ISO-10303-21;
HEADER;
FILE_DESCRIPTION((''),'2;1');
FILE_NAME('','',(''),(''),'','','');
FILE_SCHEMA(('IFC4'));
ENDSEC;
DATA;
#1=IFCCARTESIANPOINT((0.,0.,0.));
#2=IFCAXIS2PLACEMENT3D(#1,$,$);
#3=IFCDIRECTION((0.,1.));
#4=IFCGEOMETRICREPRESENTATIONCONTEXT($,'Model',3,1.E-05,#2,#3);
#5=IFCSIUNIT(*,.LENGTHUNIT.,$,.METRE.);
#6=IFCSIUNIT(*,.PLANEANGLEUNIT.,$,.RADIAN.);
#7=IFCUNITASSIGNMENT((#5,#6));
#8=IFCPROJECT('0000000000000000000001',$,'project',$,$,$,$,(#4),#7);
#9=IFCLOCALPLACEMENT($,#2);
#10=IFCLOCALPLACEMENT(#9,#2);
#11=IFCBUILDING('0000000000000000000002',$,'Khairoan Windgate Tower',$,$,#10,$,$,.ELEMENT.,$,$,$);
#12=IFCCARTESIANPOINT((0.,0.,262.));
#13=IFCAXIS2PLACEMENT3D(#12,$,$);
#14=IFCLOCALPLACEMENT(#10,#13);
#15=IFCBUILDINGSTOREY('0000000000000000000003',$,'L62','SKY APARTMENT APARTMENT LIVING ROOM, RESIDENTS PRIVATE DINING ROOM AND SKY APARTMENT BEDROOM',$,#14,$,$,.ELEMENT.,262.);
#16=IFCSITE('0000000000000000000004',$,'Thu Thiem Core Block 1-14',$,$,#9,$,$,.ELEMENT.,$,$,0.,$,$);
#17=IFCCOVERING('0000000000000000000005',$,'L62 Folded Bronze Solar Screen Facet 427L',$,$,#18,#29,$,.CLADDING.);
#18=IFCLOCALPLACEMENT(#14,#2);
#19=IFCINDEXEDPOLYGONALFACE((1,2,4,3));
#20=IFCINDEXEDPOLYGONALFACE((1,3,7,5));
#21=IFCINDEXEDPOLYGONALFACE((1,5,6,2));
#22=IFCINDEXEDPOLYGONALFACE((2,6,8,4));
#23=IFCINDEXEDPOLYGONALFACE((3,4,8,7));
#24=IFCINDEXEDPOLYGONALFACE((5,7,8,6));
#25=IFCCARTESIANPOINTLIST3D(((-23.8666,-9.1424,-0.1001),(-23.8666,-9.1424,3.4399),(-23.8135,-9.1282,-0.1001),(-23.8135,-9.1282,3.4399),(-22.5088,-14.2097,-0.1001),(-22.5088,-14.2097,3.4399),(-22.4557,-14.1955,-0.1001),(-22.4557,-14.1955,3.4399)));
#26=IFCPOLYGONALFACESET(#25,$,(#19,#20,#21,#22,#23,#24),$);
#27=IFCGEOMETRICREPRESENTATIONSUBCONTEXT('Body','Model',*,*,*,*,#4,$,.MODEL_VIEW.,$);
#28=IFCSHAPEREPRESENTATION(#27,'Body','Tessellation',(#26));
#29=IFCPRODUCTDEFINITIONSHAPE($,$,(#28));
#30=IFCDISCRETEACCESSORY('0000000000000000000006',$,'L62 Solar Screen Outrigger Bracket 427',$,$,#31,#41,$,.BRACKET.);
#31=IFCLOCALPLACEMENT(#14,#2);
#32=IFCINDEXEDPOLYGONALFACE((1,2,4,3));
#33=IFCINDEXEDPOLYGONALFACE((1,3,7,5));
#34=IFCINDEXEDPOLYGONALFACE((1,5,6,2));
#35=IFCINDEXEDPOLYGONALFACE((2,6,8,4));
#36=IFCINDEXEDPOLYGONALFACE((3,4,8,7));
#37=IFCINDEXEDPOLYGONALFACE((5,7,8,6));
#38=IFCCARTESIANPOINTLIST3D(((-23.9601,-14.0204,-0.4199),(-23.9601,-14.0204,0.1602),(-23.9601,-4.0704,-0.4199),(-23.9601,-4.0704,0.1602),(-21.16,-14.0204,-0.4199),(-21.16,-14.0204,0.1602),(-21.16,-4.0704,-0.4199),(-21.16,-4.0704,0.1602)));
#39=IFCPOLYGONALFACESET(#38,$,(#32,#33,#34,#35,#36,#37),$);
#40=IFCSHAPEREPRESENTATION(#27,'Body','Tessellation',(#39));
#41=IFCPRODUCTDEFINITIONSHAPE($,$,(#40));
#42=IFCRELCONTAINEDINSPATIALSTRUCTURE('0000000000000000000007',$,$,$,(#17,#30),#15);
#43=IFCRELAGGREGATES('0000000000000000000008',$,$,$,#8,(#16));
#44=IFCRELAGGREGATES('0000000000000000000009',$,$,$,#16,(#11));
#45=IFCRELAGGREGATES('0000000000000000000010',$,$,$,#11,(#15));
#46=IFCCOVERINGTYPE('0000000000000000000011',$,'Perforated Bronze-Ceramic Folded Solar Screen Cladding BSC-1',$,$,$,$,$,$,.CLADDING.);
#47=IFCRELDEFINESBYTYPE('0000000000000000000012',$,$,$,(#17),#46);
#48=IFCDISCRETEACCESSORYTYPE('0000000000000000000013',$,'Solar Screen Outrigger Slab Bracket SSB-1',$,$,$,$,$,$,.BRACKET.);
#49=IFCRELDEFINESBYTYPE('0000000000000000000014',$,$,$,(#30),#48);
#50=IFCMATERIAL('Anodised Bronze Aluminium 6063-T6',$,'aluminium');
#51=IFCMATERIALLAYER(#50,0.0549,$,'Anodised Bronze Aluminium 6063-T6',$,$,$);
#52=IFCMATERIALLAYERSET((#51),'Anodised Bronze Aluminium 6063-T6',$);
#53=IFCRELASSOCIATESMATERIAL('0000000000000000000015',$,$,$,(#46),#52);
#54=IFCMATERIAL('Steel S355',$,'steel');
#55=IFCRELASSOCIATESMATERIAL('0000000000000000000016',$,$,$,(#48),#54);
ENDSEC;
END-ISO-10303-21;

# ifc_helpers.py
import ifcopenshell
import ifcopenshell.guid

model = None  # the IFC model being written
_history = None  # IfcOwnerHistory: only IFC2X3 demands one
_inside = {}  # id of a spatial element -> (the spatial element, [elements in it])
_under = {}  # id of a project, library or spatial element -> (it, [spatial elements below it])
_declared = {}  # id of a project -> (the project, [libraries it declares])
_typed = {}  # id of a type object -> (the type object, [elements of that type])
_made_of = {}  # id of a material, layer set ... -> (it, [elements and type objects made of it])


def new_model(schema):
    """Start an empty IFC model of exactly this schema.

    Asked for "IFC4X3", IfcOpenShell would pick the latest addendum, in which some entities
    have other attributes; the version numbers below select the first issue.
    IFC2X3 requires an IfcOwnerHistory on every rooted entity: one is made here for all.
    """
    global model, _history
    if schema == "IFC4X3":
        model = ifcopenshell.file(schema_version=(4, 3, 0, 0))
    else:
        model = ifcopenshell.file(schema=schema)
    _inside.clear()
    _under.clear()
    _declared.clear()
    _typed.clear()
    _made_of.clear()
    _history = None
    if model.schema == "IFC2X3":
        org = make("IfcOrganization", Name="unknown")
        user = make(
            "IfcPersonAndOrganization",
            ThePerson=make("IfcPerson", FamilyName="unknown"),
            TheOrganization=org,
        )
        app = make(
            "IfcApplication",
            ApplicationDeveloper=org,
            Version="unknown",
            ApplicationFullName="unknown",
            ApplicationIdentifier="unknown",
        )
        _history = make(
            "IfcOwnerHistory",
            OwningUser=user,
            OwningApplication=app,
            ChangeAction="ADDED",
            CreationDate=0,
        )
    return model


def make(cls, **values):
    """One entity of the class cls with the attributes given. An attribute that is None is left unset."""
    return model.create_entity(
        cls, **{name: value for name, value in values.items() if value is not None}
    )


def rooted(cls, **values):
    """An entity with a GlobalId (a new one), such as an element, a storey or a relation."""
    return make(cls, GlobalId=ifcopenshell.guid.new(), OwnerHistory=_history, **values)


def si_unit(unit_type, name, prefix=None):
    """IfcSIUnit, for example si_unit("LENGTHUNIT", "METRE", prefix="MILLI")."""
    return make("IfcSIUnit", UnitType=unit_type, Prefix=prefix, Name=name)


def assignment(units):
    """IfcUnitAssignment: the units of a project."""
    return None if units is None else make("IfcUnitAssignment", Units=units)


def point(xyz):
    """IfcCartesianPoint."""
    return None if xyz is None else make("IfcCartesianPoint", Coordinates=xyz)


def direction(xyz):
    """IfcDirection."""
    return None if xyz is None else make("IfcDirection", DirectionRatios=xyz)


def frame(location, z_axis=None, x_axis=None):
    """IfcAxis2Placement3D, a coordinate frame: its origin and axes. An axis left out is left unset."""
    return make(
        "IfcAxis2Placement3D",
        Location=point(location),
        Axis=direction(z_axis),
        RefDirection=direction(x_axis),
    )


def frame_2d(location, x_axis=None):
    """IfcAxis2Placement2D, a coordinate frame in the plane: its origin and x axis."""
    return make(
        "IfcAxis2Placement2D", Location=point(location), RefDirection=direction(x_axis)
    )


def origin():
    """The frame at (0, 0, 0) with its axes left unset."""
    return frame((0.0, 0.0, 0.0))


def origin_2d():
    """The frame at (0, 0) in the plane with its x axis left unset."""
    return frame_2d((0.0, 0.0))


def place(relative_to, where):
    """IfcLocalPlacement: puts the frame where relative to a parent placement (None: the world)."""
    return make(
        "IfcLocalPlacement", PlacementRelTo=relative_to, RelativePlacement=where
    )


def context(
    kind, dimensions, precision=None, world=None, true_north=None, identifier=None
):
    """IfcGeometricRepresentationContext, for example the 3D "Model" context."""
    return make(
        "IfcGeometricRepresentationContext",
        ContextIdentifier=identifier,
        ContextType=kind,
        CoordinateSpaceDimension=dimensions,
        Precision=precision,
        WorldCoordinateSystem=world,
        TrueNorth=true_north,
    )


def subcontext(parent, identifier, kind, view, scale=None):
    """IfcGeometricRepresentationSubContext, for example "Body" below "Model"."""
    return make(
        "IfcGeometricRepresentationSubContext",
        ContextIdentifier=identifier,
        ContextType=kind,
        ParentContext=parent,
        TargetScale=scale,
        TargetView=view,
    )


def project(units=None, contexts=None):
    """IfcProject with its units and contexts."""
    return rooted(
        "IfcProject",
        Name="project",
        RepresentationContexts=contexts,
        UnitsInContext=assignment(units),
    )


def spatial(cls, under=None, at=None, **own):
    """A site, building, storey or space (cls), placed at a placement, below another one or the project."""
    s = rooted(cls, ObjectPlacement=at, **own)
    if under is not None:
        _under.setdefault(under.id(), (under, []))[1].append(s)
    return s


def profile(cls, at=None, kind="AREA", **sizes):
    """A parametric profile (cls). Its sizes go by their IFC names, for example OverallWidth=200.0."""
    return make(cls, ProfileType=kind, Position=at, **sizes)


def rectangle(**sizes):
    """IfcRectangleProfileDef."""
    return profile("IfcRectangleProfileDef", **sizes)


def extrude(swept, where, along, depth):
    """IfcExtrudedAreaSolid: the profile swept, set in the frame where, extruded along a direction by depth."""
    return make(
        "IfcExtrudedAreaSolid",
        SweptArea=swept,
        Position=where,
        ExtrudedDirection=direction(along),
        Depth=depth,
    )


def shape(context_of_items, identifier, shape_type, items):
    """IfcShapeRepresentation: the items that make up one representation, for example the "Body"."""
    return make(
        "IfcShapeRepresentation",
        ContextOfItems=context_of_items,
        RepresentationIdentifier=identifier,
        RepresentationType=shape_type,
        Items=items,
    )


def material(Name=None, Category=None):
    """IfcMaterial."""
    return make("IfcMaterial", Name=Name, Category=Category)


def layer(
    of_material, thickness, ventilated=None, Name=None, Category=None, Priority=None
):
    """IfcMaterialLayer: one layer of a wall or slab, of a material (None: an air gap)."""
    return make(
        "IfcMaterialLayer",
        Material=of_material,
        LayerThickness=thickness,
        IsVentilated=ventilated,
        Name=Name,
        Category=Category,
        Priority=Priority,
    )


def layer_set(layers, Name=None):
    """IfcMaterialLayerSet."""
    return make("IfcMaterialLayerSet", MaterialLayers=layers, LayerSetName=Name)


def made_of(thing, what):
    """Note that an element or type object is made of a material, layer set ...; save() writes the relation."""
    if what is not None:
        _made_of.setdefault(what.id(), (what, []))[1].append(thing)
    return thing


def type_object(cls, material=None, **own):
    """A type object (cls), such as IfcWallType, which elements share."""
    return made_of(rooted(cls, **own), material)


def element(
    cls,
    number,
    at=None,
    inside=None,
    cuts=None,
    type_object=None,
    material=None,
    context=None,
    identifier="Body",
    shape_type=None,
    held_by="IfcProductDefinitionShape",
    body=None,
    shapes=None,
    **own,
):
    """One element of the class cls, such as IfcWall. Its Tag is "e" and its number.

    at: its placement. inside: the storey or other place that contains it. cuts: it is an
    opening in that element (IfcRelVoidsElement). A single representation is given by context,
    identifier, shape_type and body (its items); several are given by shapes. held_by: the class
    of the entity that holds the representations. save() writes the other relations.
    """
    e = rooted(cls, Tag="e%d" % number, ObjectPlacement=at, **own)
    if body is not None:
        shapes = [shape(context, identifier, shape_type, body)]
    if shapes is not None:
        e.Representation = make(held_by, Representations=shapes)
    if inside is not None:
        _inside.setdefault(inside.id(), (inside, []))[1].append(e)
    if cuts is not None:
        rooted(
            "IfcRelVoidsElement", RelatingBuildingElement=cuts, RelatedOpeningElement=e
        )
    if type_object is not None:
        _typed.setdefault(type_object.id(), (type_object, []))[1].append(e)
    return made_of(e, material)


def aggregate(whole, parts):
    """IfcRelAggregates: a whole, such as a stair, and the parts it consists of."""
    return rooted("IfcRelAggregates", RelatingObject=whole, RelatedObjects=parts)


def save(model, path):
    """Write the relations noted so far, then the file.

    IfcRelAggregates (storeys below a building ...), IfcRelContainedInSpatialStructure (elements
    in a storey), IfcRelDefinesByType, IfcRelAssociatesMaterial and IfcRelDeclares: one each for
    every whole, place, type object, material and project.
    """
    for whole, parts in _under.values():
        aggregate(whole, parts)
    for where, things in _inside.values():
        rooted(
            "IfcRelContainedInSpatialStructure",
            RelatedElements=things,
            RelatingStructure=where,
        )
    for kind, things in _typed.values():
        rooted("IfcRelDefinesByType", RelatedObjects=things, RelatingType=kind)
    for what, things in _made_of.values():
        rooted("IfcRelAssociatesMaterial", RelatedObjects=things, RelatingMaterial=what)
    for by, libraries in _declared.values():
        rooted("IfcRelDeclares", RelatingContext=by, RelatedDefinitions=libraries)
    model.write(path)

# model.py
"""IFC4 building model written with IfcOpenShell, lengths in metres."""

from ifc_helpers import new_model, si_unit, direction, frame, origin, origin_2d, place, context, subcontext, project, spatial, rectangle, extrude, material, layer, layer_set, type_object, element, save


model = new_model("IFC4")

# Units and contexts
model_context = context("Model", 3, precision=1e-05, world=origin(), true_north=direction((0.0, 1.0)))
body_context = subcontext(model_context, "Body", "Model", "MODEL_VIEW")
ifc_project = project(units=[si_unit("LENGTHUNIT", "METRE"), si_unit("PLANEANGLEUNIT", "RADIAN")], contexts=[model_context])

# Site, building, storey
site_placement = place(None, origin())
site = spatial("IfcSite", under=ifc_project, at=site_placement, Name="Thu Thiem Core Block 1-14", CompositionType="ELEMENT", RefElevation=0.0)
building_placement = place(site_placement, origin())
building = spatial("IfcBuilding", under=site, at=building_placement, Name="Khairoan Windgate Tower", CompositionType="ELEMENT")
storey_placement = place(building_placement, frame((0.0, 0.0, 262.0)))
storey = spatial("IfcBuildingStorey", under=building, at=storey_placement, Name="L62", Description="SKY APARTMENT APARTMENT LIVING ROOM, RESIDENTS PRIVATE DINING ROOM AND SKY APARTMENT BEDROOM", CompositionType="ELEMENT", Elevation=262.0)

# Covering
ifc_material_1 = material(Name="Anodised Bronze Aluminium 6063-T6", Category="aluminium")
ifc_layer_1 = layer(ifc_material_1, 0.0549, Name="Anodised Bronze Aluminium 6063-T6")
ifc_layer_set_1 = layer_set([ifc_layer_1], Name="Anodised Bronze Aluminium 6063-T6")
covering_type = type_object("IfcCoveringType", Name="Perforated Bronze-Ceramic Folded Solar Screen Cladding BSC-1", PredefinedType="CLADDING", material=ifc_layer_set_1)
covering_placement = place(storey_placement, frame((-23.1611, -11.6689, -0.1001), z_axis=(0.0, 0.0, 1.0), x_axis=(-0.258819, 0.965926, 0.0)))
element("IfcCovering", 1, at=covering_placement, inside=storey, type_object=covering_type, Name="L62 Folded Bronze Solar Screen Facet 427L", PredefinedType="CLADDING", context=body_context, shape_type="SweptSolid", body=[
    extrude(rectangle(XDim=5.2461, YDim=0.0549, at=origin_2d()), origin(), (0.0, 0.0, 1.0), 3.54),
])

# Discrete accessory
ifc_material_2 = material(Name="Steel S355", Category="steel")
discrete_accessory_type = type_object("IfcDiscreteAccessoryType", Name="Solar Screen Outrigger Slab Bracket SSB-1", PredefinedType="BRACKET", material=ifc_material_2)
discrete_accessory_placement = place(storey_placement, frame((-22.5601, -9.0454, -0.4199), z_axis=(0.0, 0.0, 1.0), x_axis=(0.0, 1.0, 0.0)))
element("IfcDiscreteAccessory", 2, at=discrete_accessory_placement, inside=storey, type_object=discrete_accessory_type, Name="L62 Solar Screen Outrigger Bracket 427", PredefinedType="BRACKET", context=body_context, shape_type="SweptSolid", body=[
    extrude(rectangle(XDim=9.95, YDim=2.8, at=origin_2d()), origin(), (0.0, 0.0, 1.0), 0.5801),
])

save(model, "model.ifc")
